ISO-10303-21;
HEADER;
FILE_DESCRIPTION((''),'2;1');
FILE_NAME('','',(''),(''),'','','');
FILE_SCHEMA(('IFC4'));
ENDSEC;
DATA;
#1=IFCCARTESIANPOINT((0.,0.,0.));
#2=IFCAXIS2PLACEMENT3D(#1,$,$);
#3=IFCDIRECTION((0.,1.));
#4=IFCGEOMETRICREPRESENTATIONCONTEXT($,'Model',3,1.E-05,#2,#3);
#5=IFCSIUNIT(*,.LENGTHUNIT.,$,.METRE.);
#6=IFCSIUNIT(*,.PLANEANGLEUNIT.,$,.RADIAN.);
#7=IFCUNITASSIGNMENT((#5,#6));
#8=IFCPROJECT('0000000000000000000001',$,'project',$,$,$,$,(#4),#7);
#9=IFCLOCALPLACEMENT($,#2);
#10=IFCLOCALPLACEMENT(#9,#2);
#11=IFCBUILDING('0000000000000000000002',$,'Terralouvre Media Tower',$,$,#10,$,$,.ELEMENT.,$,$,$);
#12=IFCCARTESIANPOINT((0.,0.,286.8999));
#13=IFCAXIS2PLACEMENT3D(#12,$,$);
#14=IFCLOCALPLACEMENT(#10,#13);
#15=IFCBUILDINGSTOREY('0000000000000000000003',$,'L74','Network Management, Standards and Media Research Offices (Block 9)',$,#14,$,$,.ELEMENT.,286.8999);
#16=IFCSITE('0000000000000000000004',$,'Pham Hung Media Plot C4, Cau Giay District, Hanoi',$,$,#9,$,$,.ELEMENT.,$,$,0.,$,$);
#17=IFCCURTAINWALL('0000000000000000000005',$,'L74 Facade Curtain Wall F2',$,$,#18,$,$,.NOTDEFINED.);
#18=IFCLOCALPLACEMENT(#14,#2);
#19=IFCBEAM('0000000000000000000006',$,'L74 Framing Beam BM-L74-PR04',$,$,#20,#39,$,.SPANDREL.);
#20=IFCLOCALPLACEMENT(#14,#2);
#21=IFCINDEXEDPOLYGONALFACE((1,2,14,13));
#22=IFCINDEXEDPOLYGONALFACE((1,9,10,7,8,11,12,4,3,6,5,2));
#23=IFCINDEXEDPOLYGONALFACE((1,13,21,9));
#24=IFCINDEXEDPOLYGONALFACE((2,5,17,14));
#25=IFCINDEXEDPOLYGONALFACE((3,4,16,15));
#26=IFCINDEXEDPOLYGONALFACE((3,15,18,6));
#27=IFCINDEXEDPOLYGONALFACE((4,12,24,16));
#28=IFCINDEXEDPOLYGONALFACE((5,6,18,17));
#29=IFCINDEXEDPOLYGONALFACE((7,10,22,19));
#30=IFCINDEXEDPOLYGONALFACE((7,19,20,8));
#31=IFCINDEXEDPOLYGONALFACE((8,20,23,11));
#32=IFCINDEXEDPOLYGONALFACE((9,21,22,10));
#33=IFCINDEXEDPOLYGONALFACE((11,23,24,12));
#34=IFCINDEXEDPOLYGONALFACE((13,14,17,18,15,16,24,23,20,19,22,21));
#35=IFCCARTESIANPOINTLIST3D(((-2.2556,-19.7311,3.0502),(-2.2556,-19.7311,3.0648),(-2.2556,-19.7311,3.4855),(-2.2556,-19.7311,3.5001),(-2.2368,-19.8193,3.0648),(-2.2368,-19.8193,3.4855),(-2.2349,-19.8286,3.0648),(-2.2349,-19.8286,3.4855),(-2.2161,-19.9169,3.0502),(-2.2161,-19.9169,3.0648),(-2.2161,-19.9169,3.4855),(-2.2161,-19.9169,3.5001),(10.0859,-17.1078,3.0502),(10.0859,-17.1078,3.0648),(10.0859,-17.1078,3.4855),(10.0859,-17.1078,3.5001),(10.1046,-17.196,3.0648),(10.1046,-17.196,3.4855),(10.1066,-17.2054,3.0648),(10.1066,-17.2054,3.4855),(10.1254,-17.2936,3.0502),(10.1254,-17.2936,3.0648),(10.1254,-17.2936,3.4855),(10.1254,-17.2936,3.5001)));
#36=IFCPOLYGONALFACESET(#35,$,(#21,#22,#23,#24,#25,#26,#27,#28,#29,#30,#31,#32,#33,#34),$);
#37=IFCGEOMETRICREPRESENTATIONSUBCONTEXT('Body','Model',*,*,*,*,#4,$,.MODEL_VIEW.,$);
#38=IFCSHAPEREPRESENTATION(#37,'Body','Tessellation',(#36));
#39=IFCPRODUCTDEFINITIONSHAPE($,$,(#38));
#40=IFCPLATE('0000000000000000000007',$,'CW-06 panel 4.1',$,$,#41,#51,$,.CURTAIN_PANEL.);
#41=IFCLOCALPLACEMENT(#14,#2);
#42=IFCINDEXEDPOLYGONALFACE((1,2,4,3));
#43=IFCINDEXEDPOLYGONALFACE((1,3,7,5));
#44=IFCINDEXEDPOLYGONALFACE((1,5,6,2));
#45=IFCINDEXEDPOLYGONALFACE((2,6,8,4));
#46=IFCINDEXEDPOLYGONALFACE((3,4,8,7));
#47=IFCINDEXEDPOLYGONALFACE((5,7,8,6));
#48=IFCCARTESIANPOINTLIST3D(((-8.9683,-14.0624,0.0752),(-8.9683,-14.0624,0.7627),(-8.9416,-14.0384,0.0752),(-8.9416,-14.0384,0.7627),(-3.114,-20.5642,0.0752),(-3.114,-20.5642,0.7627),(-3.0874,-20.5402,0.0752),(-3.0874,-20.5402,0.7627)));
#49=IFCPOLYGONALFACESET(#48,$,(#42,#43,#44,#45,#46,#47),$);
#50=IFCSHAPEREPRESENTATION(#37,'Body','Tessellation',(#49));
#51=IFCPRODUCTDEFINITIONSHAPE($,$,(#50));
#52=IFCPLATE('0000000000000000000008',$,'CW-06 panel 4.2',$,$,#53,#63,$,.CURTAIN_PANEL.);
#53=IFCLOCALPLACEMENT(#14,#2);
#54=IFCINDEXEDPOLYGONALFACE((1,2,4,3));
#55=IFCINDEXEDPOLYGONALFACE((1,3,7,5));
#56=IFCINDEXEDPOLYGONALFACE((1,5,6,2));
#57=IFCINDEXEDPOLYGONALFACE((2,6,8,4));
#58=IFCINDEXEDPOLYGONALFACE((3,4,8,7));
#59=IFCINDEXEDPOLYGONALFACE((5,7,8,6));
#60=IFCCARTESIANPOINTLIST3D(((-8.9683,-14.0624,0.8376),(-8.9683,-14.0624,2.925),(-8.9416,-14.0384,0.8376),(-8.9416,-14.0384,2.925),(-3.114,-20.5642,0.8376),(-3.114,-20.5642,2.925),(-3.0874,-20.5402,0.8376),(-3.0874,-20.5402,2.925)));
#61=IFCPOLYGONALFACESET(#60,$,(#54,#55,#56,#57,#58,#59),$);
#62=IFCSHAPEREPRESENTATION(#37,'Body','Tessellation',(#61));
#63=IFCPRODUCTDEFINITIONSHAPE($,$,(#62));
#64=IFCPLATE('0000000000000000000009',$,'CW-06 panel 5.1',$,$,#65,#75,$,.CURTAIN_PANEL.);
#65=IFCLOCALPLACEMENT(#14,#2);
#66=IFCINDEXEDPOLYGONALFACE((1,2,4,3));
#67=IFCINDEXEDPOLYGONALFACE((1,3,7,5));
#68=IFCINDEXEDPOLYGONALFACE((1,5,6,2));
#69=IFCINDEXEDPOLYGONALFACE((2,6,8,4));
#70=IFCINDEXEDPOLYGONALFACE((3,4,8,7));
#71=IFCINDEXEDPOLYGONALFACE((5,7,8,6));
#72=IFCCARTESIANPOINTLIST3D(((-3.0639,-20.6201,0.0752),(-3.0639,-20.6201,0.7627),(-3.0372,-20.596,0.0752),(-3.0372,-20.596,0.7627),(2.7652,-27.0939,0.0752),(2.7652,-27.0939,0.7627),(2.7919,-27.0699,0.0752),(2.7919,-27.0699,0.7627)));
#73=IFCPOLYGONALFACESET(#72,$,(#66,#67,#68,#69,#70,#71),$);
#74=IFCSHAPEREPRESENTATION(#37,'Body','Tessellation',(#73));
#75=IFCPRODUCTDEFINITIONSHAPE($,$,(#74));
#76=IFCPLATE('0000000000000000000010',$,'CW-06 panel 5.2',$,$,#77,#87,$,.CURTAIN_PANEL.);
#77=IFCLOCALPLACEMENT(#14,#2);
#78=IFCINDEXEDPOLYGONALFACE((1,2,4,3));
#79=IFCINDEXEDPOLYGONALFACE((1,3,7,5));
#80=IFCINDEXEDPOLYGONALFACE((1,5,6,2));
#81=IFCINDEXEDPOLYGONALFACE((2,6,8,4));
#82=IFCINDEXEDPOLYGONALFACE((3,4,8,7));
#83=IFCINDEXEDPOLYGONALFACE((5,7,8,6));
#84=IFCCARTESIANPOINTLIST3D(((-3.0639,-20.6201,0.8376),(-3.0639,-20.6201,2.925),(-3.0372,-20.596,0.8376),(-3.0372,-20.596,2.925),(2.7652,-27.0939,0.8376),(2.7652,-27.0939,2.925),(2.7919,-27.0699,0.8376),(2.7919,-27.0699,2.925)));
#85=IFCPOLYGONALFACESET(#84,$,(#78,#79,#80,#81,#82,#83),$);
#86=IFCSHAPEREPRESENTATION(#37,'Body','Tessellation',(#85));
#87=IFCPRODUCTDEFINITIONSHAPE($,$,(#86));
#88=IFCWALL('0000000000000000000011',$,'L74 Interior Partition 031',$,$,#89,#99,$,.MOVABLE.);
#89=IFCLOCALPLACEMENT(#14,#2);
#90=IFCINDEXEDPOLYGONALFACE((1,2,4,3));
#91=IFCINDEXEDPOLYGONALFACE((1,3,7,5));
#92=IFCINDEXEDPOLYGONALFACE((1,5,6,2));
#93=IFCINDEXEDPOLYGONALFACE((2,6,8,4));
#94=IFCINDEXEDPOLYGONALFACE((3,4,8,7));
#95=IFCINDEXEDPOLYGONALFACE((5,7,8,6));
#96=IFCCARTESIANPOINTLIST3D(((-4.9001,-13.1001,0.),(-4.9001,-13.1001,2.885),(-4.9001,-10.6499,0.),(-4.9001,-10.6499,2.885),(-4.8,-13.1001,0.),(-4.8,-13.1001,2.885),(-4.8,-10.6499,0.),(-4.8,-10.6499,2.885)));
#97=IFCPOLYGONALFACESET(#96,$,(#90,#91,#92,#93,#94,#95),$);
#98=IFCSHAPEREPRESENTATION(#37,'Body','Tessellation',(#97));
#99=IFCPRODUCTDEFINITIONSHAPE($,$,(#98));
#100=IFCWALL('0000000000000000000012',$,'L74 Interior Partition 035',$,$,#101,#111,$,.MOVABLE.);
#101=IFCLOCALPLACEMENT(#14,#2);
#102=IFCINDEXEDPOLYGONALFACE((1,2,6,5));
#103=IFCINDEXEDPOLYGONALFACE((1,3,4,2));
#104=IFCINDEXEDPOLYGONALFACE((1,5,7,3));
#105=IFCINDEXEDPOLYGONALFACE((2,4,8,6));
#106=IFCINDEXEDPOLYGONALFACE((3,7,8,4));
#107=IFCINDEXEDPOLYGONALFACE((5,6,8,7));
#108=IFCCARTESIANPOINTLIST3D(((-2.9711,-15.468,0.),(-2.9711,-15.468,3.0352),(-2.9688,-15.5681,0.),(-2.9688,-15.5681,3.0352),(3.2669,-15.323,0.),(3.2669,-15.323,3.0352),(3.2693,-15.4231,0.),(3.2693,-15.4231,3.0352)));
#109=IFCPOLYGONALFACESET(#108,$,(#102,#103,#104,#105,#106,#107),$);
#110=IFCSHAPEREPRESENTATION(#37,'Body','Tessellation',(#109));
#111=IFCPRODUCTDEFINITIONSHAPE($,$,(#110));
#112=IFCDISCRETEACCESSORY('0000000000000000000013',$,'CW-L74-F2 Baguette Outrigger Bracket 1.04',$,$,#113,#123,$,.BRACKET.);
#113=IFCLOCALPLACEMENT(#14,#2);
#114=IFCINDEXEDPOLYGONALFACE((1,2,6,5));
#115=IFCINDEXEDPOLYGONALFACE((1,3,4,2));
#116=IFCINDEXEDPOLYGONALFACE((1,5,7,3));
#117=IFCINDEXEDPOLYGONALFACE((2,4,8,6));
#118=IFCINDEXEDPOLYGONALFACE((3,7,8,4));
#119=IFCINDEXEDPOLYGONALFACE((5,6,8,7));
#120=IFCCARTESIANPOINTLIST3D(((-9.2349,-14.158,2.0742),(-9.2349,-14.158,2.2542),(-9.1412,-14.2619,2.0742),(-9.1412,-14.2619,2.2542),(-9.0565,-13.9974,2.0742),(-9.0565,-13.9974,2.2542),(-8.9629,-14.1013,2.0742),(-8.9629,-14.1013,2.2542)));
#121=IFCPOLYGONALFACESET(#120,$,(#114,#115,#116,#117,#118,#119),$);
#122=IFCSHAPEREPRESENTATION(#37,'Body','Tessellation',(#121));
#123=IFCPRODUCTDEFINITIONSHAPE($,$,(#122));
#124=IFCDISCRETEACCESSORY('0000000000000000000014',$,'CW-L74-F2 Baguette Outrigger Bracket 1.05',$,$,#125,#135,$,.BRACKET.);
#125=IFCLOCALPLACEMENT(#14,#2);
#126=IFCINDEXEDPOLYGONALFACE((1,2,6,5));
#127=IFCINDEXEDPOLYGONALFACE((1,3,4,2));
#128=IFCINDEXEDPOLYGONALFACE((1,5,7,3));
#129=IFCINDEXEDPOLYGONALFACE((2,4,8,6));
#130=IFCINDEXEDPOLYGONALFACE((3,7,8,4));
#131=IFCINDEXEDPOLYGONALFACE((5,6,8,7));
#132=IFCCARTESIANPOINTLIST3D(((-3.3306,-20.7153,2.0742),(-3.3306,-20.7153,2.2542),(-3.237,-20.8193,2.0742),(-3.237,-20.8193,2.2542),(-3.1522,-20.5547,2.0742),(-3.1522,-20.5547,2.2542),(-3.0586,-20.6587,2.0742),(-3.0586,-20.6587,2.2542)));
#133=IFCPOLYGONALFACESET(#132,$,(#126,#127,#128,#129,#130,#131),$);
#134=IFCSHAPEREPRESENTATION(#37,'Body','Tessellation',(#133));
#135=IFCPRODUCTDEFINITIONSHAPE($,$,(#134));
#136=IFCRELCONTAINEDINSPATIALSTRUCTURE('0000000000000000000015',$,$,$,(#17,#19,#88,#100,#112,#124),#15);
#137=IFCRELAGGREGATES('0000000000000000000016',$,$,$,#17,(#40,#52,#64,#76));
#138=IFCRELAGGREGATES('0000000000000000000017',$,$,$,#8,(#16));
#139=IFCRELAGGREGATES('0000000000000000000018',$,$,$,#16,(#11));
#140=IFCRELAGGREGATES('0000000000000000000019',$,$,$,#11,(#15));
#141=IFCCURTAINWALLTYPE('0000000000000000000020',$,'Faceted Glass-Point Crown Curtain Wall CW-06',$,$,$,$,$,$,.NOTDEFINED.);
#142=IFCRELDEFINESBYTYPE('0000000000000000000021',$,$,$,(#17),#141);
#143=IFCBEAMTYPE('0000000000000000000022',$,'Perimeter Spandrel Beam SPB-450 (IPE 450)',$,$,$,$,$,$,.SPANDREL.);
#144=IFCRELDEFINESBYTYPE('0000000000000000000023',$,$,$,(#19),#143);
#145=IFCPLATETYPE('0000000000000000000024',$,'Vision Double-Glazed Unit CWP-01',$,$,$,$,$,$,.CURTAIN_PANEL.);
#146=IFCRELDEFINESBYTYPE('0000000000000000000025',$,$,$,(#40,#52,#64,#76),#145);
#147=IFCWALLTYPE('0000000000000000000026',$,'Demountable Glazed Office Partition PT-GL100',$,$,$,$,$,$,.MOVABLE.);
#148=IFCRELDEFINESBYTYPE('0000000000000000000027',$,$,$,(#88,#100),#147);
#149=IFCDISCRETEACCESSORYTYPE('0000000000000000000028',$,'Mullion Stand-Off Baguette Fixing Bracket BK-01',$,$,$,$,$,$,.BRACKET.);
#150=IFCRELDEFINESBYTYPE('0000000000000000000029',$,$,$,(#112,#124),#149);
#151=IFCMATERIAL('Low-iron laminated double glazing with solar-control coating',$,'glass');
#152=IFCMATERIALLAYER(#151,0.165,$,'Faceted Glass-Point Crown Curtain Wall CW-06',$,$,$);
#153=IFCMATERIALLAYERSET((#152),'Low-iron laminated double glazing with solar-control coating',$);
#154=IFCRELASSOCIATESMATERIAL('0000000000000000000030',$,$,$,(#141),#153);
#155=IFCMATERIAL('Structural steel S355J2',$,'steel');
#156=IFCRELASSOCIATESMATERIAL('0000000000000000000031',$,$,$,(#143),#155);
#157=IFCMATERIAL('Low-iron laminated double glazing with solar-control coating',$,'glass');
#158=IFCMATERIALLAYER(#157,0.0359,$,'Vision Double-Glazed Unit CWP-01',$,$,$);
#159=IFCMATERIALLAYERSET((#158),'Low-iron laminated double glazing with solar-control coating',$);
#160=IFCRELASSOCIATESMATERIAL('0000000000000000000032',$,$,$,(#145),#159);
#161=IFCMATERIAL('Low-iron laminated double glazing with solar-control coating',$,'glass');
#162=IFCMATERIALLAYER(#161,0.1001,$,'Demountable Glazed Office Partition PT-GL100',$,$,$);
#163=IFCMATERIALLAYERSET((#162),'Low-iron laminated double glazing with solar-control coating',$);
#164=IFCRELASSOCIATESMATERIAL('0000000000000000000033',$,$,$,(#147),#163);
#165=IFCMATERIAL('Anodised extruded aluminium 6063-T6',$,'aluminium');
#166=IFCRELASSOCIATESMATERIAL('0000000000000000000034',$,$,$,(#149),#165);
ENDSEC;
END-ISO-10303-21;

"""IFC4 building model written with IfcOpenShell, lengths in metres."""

from ifc_helpers import new_model, si_unit, direction, frame, frame_2d, origin, origin_2d, place, context, subcontext, project, spatial, rectangle, i_section, extrude, material, layer, layer_set, material_profile, profile_set, type_object, element, aggregate, save


model = new_model("IFC4")

# Units and contexts
model_context = context("Model", 3, precision=1e-05, world=origin(), true_north=direction((0.0, 1.0)))
body_context = subcontext(model_context, "Body", "Model", "MODEL_VIEW")
ifc_project = project(units=[si_unit("LENGTHUNIT", "METRE"), si_unit("PLANEANGLEUNIT", "RADIAN")], contexts=[model_context])

# Site, building, storey
site_placement = place(None, origin())
site = spatial("IfcSite", under=ifc_project, at=site_placement, Name="Pham Hung Media Plot C4, Cau Giay District, Hanoi", CompositionType="ELEMENT", RefElevation=0.0)
building_placement = place(site_placement, origin())
building = spatial("IfcBuilding", under=site, at=building_placement, Name="Terralouvre Media Tower", CompositionType="ELEMENT")
storey_placement = place(building_placement, frame((0.0, 0.0, 286.8999)))
storey = spatial("IfcBuildingStorey", under=building, at=storey_placement, Name="L74", Description="Network Management, Standards and Media Research Offices (Block 9)", CompositionType="ELEMENT", Elevation=286.8999)

# Curtain wall
ifc_material_1 = material(Name="Low-iron laminated double glazing with solar-control coating", Category="glass")
ifc_layer_1 = layer(ifc_material_1, 0.165, Name="Faceted Glass-Point Crown Curtain Wall CW-06")
ifc_layer_set_1 = layer_set([ifc_layer_1], Name="Low-iron laminated double glazing with solar-control coating")
curtain_wall_type = type_object("IfcCurtainWallType", Name="Faceted Glass-Point Crown Curtain Wall CW-06", PredefinedType="NOTDEFINED", material=ifc_layer_set_1)
curtain_wall_placement = place(storey_placement, origin())
curtain_wall = element("IfcCurtainWall", 1, at=curtain_wall_placement, inside=storey, type_object=curtain_wall_type, Name="L74 Facade Curtain Wall F2", PredefinedType="NOTDEFINED")

# Beam
ifc_material_2 = material(Name="Structural steel S355J2", Category="steel")
ifc_material_profile_1 = material_profile(ifc_material_2, i_section(OverallWidth=0.1899, OverallDepth=0.45, WebThickness=0.0095, FlangeThickness=0.0146, at=origin_2d()), Name="IPE 450")
ifc_profile_set_1 = profile_set([ifc_material_profile_1], Name="Structural steel S355J2")
beam_type_1 = type_object("IfcBeamType", Name="Perimeter Spandrel Beam SPB-450 (IPE 450)", PredefinedType="SPANDREL", material=ifc_profile_set_1)
beam_1_placement = place(storey_placement, frame((-2.2358, -19.824, 3.2751), z_axis=(0.978147, 0.207913, 0.0), x_axis=(-0.207913, 0.978147, 0.0)))
element("IfcBeam", 2, at=beam_1_placement, inside=storey, type_object=beam_type_1, Name="L74 Framing Beam BM-L74-PR04", PredefinedType="SPANDREL", context=body_context, shape_type="SweptSolid", body=[
    extrude(i_section(OverallWidth=0.1899, OverallDepth=0.45, WebThickness=0.0095, FlangeThickness=0.0146, at=origin_2d()), origin(), (0.0, 0.0, 1.0), 12.6172),
])

# Plates
ifc_material_3 = material(Name="Low-iron laminated double glazing with solar-control coating", Category="glass")
ifc_layer_2 = layer(ifc_material_3, 0.0359, Name="Vision Double-Glazed Unit CWP-01")
ifc_layer_set_2 = layer_set([ifc_layer_2], Name="Low-iron laminated double glazing with solar-control coating")
plate_type = type_object("IfcPlateType", Name="Vision Double-Glazed Unit CWP-01", PredefinedType="CURTAIN_PANEL", material=ifc_layer_set_2)
plate_1_placement = place(storey_placement, frame((-6.0278, -17.3013, 0.0752), z_axis=(0.0, 0.0, 1.0), x_axis=(0.669131, -0.743145, 0.0)))
plate_1 = element("IfcPlate", 3, at=plate_1_placement, type_object=plate_type, Name="CW-06 panel 4.1", PredefinedType="CURTAIN_PANEL", context=body_context, shape_type="SweptSolid", body=[
    extrude(rectangle(XDim=8.749, YDim=0.0359, at=origin_2d()), origin(), (0.0, 0.0, 1.0), 0.6875),
])
plate_2_placement = place(storey_placement, frame((-6.0278, -17.3013, 0.8376), z_axis=(0.0, 0.0, 1.0), x_axis=(0.669131, -0.743145, 0.0)))
plate_2 = element("IfcPlate", 4, at=plate_2_placement, type_object=plate_type, Name="CW-06 panel 4.2", PredefinedType="CURTAIN_PANEL", context=body_context, shape_type="SweptSolid", body=[
    extrude(rectangle(XDim=8.749, YDim=0.0359, at=origin_2d()), origin(), (0.0, 0.0, 1.0), 2.0874),
])
plate_3_placement = place(storey_placement, frame((-0.136, -23.845, 0.0752), z_axis=(0.0, 0.0, 1.0), x_axis=(0.669131, -0.743145, 0.0)))
plate_3 = element("IfcPlate", 5, at=plate_3_placement, type_object=plate_type, Name="CW-06 panel 5.1", PredefinedType="CURTAIN_PANEL", context=body_context, shape_type="SweptSolid", body=[
    extrude(rectangle(XDim=8.7114, YDim=0.0359, at=origin_2d()), origin(), (0.0, 0.0, 1.0), 0.6875),
])
plate_4_placement = place(storey_placement, frame((-0.136, -23.845, 0.8376), z_axis=(0.0, 0.0, 1.0), x_axis=(0.669131, -0.743145, 0.0)))
plate_4 = element("IfcPlate", 6, at=plate_4_placement, type_object=plate_type, Name="CW-06 panel 5.2", PredefinedType="CURTAIN_PANEL", context=body_context, shape_type="SweptSolid", body=[
    extrude(rectangle(XDim=8.7114, YDim=0.0359, at=origin_2d()), origin(), (0.0, 0.0, 1.0), 2.0874),
])
aggregate(curtain_wall, [plate_1, plate_2, plate_3, plate_4])

# Walls
ifc_material_4 = material(Name="Low-iron laminated double glazing with solar-control coating", Category="glass")
ifc_layer_3 = layer(ifc_material_4, 0.1001, Name="Demountable Glazed Office Partition PT-GL100")
ifc_layer_set_3 = layer_set([ifc_layer_3], Name="Low-iron laminated double glazing with solar-control coating")
wall_type = type_object("IfcWallType", Name="Demountable Glazed Office Partition PT-GL100", PredefinedType="MOVABLE", material=ifc_layer_set_3)
wall_1_placement = place(storey_placement, frame((-4.8501, -13.1001, 0.0), z_axis=(0.0, 0.0, 1.0), x_axis=(0.0, 1.0, 0.0)))
element("IfcWall", 7, at=wall_1_placement, inside=storey, type_object=wall_type, Name="L74 Interior Partition 031", PredefinedType="MOVABLE", context=body_context, shape_type="SweptSolid", body=[
    extrude(rectangle(XDim=2.4502, YDim=0.1001, at=frame_2d((1.2251, 0.0))), origin(), (0.0, 0.0, 1.0), 2.885),
])
wall_2_placement = place(storey_placement, frame((-2.97, -15.5181, 0.0), z_axis=(0.0, 0.0, 1.0), x_axis=(0.99973, 0.023241, 0.0)))
element("IfcWall", 8, at=wall_2_placement, inside=storey, type_object=wall_type, Name="L74 Interior Partition 035", PredefinedType="MOVABLE", context=body_context, shape_type="SweptSolid", body=[
    extrude(rectangle(XDim=6.2397, YDim=0.1001, at=frame_2d((3.1199, 0.0))), origin(), (0.0, 0.0, 1.0), 3.0352),
])

# Discrete accessories
ifc_material_5 = material(Name="Anodised extruded aluminium 6063-T6", Category="aluminium")
discrete_accessory_type = type_object("IfcDiscreteAccessoryType", Name="Mullion Stand-Off Baguette Fixing Bracket BK-01", PredefinedType="BRACKET", material=ifc_material_5)
for number, where, z_axis, x_axis, name in (
    (9, (-9.0989, -14.1296, 2.0742), (0.0, 0.0, 1.0), (0.669131, -0.743145, 0.0), "CW-L74-F2 Baguette Outrigger Bracket 1.04"),
    (10, (-3.1946, -20.687, 2.0742), (0.0, 0.0, 1.0), (0.669131, -0.743145, 0.0), "CW-L74-F2 Baguette Outrigger Bracket 1.05"),
):
    element("IfcDiscreteAccessory", number, at=place(storey_placement, frame(where, z_axis=z_axis, x_axis=x_axis)), inside=storey, type_object=discrete_accessory_type, Name=name, PredefinedType="BRACKET", context=body_context, shape_type="SweptSolid", body=[
        extrude(rectangle(XDim=0.1399, YDim=0.24, at=origin_2d()), origin(), (0.0, 0.0, 1.0), 0.1799),
    ])

save(model, "model.ifc")
